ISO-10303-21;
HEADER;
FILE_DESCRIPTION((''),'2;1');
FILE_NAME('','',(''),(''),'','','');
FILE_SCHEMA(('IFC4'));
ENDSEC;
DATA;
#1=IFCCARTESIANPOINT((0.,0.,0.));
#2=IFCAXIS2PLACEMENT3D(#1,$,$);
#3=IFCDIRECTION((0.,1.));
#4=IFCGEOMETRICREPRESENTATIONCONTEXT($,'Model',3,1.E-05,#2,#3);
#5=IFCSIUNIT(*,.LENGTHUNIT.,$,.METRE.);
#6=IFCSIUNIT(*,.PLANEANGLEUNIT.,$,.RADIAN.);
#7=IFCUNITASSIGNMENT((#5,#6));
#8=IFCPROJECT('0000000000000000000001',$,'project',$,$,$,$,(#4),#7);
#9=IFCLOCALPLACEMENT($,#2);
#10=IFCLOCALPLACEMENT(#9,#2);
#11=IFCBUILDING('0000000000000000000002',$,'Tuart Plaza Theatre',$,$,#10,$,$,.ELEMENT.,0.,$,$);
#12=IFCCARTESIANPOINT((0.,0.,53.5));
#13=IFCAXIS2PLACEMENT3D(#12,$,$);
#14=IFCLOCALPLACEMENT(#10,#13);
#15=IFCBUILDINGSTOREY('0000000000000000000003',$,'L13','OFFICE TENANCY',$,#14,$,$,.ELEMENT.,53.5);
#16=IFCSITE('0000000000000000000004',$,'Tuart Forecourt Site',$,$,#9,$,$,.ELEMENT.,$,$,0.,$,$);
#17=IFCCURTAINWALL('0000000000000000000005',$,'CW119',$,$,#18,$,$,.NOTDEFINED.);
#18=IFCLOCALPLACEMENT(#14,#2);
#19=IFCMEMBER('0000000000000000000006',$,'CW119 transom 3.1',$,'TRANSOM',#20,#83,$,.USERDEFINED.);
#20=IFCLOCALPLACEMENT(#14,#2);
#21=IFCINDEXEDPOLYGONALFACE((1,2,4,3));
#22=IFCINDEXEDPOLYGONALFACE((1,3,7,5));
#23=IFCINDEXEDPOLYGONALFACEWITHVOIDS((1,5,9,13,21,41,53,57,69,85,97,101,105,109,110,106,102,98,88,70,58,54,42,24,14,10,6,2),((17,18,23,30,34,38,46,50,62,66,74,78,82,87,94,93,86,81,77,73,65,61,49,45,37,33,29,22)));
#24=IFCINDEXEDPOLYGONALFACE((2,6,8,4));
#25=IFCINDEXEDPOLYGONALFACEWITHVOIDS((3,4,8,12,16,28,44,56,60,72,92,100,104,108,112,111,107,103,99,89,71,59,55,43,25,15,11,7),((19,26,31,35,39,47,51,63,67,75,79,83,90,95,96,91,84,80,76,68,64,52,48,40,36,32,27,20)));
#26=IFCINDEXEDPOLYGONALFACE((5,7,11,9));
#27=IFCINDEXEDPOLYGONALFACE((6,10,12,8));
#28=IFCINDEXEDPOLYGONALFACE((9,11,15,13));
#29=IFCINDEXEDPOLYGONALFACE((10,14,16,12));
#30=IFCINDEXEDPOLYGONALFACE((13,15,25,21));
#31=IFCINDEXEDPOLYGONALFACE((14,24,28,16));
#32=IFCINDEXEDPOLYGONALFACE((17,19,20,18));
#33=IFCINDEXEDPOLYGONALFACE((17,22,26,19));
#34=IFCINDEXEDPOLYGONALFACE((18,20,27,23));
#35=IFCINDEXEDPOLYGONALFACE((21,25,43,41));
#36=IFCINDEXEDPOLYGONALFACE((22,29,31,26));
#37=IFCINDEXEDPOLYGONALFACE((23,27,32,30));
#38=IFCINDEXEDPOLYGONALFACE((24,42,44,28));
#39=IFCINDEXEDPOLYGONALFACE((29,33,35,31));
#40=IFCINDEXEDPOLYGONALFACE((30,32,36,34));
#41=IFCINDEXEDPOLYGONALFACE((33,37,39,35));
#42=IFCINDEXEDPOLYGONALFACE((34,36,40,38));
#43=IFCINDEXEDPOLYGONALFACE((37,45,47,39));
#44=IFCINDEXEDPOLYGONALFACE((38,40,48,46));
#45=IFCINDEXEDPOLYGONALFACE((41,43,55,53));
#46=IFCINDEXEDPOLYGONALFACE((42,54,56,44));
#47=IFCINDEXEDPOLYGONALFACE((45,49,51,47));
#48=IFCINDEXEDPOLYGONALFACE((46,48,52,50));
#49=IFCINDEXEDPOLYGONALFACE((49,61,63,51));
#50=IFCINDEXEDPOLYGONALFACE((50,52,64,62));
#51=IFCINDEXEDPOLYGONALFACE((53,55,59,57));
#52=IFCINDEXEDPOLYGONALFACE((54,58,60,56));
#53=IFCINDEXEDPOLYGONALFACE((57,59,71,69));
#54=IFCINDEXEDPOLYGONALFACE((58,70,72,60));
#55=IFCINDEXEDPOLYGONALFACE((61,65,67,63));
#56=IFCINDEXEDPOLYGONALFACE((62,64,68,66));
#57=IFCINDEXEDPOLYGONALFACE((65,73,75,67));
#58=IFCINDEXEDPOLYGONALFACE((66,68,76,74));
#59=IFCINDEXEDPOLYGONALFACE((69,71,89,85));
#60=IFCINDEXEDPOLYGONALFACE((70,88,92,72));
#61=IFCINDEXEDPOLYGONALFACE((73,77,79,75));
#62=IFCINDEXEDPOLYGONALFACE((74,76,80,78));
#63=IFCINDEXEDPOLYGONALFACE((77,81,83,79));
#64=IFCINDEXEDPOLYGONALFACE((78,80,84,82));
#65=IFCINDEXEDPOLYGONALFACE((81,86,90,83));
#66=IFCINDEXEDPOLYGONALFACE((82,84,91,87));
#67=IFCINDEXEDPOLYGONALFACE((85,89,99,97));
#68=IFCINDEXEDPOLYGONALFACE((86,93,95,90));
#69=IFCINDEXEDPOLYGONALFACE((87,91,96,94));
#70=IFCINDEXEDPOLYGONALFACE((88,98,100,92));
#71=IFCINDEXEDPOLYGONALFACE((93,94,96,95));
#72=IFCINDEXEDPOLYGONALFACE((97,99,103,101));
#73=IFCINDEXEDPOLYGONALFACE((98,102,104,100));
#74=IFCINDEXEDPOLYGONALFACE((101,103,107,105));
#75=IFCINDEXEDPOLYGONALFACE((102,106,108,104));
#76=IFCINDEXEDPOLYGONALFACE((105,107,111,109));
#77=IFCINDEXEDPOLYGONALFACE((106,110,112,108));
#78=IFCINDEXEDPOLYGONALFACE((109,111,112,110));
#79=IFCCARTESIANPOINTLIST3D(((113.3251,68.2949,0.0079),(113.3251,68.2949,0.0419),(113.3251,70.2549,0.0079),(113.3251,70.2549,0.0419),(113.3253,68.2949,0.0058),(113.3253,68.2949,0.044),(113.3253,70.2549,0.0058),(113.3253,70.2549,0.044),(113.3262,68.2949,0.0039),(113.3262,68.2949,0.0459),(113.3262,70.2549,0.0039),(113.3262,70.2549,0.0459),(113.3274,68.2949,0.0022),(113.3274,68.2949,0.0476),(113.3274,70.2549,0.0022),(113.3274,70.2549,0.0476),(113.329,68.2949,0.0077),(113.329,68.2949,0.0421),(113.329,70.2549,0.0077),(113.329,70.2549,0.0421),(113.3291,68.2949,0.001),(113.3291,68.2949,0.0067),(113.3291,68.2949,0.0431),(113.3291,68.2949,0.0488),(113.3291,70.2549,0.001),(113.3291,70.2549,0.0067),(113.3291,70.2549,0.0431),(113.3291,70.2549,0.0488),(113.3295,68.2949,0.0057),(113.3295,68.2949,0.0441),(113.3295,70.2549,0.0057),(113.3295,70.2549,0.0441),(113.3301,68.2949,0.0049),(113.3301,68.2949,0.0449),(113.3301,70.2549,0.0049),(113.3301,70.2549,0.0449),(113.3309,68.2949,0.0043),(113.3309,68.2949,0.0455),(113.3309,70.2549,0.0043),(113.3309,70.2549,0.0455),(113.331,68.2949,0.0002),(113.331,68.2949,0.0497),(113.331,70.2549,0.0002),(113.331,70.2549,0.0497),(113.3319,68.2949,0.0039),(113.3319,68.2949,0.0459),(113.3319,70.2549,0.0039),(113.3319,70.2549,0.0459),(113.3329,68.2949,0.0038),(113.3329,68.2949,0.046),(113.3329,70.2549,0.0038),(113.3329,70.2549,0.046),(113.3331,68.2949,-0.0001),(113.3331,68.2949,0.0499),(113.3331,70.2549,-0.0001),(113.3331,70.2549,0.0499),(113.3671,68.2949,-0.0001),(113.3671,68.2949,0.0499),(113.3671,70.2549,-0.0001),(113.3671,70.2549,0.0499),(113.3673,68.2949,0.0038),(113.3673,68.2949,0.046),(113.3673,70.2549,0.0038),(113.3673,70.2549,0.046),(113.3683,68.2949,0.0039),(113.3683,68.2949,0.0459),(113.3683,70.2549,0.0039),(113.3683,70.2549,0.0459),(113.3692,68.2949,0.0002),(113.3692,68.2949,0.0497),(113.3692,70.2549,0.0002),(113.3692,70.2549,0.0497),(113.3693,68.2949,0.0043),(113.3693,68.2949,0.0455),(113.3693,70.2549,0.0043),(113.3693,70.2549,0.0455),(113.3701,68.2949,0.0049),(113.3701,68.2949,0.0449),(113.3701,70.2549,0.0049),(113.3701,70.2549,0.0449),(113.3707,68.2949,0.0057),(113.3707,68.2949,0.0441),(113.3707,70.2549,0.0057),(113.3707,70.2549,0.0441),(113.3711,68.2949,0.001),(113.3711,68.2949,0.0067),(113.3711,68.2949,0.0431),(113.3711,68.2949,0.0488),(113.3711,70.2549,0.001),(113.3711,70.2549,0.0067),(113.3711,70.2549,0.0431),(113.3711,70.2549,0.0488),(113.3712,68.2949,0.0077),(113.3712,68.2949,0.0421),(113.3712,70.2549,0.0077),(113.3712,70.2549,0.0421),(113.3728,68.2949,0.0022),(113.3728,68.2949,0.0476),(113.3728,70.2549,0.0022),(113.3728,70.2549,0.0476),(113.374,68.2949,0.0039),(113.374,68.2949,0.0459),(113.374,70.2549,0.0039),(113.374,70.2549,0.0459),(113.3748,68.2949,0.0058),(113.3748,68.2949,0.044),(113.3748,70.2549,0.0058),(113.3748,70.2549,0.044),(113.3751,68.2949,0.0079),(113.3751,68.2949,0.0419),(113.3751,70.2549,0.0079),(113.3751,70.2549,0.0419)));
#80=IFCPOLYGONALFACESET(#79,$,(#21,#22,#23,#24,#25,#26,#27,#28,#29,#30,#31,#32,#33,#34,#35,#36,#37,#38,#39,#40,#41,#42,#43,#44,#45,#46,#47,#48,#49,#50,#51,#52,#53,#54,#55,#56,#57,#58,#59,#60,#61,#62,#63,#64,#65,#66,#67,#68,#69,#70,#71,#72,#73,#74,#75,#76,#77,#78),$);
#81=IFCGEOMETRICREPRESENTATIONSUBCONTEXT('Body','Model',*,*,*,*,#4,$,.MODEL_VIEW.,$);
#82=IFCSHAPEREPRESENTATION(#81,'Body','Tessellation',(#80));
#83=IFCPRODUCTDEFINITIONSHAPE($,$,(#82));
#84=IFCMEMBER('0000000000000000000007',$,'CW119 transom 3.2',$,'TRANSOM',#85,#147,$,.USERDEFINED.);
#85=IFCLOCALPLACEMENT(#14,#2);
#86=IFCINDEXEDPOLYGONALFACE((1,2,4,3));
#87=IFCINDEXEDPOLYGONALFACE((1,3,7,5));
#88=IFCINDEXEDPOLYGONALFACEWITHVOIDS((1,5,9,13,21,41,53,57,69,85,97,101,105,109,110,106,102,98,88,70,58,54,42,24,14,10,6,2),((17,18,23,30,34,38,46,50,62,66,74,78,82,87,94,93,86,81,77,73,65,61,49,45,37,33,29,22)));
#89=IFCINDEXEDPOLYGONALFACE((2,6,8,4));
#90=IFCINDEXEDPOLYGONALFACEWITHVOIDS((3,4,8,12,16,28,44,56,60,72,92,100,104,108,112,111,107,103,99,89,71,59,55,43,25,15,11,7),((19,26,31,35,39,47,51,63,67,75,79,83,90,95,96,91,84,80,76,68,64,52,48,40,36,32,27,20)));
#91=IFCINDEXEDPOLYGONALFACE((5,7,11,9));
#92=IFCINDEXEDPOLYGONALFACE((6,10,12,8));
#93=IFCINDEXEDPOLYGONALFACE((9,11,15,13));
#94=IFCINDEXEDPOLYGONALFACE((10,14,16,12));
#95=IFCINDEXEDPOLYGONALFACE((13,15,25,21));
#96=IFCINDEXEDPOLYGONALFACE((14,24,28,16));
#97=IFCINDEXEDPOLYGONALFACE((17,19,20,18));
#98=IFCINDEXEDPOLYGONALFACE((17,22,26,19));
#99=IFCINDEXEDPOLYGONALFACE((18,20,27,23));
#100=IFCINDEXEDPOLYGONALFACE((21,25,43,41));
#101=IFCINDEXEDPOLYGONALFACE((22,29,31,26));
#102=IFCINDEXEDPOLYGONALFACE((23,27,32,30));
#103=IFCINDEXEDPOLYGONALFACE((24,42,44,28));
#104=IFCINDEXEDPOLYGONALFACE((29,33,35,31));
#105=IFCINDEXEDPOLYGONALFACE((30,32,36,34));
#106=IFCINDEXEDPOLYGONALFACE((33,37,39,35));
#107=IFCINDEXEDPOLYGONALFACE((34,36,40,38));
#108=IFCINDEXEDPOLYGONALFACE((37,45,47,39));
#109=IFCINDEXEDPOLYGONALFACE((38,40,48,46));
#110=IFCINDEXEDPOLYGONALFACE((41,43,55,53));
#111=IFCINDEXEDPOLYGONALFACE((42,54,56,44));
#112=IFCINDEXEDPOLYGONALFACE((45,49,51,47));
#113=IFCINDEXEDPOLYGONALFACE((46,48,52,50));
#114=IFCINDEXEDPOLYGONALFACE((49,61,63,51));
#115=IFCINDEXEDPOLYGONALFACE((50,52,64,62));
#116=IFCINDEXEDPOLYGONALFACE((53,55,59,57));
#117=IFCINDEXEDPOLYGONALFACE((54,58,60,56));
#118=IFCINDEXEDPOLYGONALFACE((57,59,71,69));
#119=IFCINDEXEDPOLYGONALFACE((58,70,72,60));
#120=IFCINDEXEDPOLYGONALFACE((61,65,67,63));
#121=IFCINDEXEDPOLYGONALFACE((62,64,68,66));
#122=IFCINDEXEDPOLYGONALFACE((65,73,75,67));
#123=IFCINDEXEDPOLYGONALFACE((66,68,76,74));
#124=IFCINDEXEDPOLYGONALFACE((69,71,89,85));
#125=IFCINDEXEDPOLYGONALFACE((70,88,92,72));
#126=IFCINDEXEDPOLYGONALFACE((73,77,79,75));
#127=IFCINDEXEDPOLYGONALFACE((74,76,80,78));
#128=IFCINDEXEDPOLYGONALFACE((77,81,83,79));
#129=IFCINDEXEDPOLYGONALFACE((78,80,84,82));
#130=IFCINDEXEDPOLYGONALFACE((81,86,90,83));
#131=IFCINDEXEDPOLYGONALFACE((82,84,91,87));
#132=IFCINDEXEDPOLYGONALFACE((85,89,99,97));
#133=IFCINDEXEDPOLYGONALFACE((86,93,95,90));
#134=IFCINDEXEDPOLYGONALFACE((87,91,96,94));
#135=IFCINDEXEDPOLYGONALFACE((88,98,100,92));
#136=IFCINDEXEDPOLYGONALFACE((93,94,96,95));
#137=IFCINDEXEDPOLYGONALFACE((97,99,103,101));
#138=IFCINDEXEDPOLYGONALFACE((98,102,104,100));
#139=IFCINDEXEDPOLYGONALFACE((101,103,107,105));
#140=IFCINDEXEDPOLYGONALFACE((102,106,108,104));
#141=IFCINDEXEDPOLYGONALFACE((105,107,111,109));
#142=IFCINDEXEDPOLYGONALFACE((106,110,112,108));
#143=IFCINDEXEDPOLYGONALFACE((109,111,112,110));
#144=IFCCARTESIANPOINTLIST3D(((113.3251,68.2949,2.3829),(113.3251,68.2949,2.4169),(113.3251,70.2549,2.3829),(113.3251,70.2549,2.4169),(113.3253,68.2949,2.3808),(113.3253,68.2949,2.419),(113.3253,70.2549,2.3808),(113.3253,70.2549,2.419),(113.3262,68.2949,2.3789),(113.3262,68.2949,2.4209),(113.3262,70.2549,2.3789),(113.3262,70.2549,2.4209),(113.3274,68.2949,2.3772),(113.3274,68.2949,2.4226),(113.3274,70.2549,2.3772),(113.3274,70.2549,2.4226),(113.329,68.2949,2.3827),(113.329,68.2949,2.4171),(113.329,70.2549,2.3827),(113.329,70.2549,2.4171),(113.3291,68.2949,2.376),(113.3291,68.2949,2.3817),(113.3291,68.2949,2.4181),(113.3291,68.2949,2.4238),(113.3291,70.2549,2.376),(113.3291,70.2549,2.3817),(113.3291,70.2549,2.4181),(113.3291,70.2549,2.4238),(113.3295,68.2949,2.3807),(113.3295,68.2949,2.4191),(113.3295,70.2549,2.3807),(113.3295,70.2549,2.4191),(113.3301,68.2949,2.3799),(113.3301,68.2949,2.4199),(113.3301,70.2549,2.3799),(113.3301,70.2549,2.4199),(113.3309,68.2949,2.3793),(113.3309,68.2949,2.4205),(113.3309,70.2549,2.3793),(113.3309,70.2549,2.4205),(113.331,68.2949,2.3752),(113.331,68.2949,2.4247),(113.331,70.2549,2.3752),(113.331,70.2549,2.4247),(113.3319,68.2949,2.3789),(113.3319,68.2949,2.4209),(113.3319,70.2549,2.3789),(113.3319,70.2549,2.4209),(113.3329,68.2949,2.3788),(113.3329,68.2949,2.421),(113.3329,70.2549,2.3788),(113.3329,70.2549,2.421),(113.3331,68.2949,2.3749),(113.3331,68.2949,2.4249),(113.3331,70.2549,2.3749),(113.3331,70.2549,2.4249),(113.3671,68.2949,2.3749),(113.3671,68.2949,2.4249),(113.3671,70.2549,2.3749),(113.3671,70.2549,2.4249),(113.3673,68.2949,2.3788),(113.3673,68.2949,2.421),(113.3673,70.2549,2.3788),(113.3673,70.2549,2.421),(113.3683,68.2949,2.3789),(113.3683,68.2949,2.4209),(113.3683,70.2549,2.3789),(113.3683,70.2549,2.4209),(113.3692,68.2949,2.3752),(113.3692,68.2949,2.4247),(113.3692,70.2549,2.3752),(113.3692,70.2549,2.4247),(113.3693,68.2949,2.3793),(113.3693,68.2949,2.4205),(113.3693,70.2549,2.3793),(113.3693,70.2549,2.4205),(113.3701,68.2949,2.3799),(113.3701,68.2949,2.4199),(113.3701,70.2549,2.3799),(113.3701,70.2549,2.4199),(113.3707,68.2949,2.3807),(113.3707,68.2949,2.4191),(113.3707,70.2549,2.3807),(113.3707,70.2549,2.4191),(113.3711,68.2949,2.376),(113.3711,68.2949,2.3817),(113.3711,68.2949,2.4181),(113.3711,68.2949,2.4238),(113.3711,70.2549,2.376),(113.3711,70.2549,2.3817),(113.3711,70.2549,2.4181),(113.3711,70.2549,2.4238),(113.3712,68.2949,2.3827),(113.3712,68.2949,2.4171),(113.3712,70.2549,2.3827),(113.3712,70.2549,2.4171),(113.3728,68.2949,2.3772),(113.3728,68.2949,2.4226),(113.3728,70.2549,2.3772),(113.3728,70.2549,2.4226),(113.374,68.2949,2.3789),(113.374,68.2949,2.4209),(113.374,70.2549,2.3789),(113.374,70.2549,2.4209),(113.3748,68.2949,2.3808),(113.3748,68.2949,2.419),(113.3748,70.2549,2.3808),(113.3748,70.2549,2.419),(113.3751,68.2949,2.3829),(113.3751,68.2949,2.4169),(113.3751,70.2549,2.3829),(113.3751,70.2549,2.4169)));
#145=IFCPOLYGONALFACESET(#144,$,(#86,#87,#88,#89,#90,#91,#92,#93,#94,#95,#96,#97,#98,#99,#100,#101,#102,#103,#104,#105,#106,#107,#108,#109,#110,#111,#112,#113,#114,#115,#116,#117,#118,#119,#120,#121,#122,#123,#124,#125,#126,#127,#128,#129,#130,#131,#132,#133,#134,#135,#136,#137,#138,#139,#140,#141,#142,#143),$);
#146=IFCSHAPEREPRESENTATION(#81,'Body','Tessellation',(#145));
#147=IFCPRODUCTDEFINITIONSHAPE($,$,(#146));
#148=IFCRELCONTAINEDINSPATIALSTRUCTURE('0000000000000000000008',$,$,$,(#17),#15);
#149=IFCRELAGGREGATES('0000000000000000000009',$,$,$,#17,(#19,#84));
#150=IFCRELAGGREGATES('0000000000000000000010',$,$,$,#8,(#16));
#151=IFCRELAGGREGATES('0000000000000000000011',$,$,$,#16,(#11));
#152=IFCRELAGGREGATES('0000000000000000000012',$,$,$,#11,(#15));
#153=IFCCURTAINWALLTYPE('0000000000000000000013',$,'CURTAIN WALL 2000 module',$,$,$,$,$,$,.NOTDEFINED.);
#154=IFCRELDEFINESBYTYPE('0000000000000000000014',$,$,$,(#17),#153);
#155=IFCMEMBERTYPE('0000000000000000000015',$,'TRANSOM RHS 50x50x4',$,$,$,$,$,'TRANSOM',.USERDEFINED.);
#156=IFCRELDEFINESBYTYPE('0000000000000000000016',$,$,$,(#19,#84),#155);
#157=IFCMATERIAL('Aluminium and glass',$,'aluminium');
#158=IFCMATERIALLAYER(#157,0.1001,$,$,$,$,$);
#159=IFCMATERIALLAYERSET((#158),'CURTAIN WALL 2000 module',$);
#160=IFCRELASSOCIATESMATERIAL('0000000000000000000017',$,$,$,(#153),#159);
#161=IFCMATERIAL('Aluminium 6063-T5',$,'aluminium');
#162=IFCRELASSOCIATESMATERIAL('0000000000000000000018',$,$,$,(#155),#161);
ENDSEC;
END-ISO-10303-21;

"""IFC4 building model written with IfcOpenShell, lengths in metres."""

from ifc_helpers import new_model, si_unit, direction, frame, origin, origin_2d, place, context, subcontext, project, spatial, hollow_rectangle, extrude, material, layer, layer_set, material_profile, profile_set, type_object, element, aggregate, save


model = new_model("IFC4")

# Units and contexts
model_context = context("Model", 3, precision=1e-05, world=origin(), true_north=direction((0.0, 1.0)))
body_context = subcontext(model_context, "Body", "Model", "MODEL_VIEW")
ifc_project = project(units=[si_unit("LENGTHUNIT", "METRE"), si_unit("PLANEANGLEUNIT", "RADIAN")], contexts=[model_context])

# Site, building, storey
site_placement = place(None, origin())
site = spatial("IfcSite", under=ifc_project, at=site_placement, Name="Tuart Forecourt Site", CompositionType="ELEMENT", RefElevation=0.0)
building_placement = place(site_placement, origin())
building = spatial("IfcBuilding", under=site, at=building_placement, Name="Tuart Plaza Theatre", CompositionType="ELEMENT", ElevationOfRefHeight=0.0)
storey_placement = place(building_placement, frame((0.0, 0.0, 53.5)))
storey = spatial("IfcBuildingStorey", under=building, at=storey_placement, Name="L13", Description="OFFICE TENANCY", CompositionType="ELEMENT", Elevation=53.5)

# Curtain wall, members
ifc_material_1 = material(Name="Aluminium and glass", Category="aluminium")
ifc_layer_1 = layer(ifc_material_1, 0.1001)
ifc_layer_set_1 = layer_set([ifc_layer_1], Name="CURTAIN WALL 2000 module")
curtain_wall_type = type_object("IfcCurtainWallType", Name="CURTAIN WALL 2000 module", PredefinedType="NOTDEFINED", material=ifc_layer_set_1)
curtain_wall_1_placement = place(storey_placement, origin())
curtain_wall_1 = element("IfcCurtainWall", 1, at=curtain_wall_1_placement, inside=storey, type_object=curtain_wall_type, Name="CW119", PredefinedType="NOTDEFINED")
ifc_material_2 = material(Name="Aluminium 6063-T5", Category="aluminium")
ifc_material_profile_1 = material_profile(ifc_material_2, hollow_rectangle(XDim=0.05, YDim=0.05, WallThickness=0.0039, InnerFilletRadius=0.0039, OuterFilletRadius=0.0081, at=origin_2d()), Name="RHS 50x50x4")
ifc_profile_set_1 = profile_set([ifc_material_profile_1], Name="Aluminium 6063-T5")
member_type_1 = type_object("IfcMemberType", Name="TRANSOM RHS 50x50x4", ElementType="TRANSOM", PredefinedType="USERDEFINED", material=ifc_profile_set_1)
member_1_placement = place(storey_placement, frame((113.3501, 70.2549, 0.0249), z_axis=(0.0, -1.0, 0.0), x_axis=(1.0, 0.0, 0.0)))
member_1 = element("IfcMember", 2, at=member_1_placement, type_object=member_type_1, Name="CW119 transom 3.1", ObjectType="TRANSOM", PredefinedType="USERDEFINED", context=body_context, shape_type="SweptSolid", body=[
    extrude(hollow_rectangle(XDim=0.05, YDim=0.05, WallThickness=0.0039, InnerFilletRadius=0.0039, OuterFilletRadius=0.0081, at=origin_2d()), origin(), (0.0, 0.0, 1.0), 1.96),
])
member_2_placement = place(storey_placement, frame((113.3501, 70.2549, 2.3999), z_axis=(0.0, -1.0, 0.0), x_axis=(1.0, 0.0, 0.0)))
member_2 = element("IfcMember", 3, at=member_2_placement, type_object=member_type_1, Name="CW119 transom 3.2", ObjectType="TRANSOM", PredefinedType="USERDEFINED", context=body_context, shape_type="SweptSolid", body=[
    extrude(hollow_rectangle(XDim=0.05, YDim=0.05, WallThickness=0.0039, InnerFilletRadius=0.0039, OuterFilletRadius=0.0081, at=origin_2d()), origin(), (0.0, 0.0, 1.0), 1.96),
])

aggregate(curtain_wall_1, [member_1, member_2])

save(model, "model.ifc")
